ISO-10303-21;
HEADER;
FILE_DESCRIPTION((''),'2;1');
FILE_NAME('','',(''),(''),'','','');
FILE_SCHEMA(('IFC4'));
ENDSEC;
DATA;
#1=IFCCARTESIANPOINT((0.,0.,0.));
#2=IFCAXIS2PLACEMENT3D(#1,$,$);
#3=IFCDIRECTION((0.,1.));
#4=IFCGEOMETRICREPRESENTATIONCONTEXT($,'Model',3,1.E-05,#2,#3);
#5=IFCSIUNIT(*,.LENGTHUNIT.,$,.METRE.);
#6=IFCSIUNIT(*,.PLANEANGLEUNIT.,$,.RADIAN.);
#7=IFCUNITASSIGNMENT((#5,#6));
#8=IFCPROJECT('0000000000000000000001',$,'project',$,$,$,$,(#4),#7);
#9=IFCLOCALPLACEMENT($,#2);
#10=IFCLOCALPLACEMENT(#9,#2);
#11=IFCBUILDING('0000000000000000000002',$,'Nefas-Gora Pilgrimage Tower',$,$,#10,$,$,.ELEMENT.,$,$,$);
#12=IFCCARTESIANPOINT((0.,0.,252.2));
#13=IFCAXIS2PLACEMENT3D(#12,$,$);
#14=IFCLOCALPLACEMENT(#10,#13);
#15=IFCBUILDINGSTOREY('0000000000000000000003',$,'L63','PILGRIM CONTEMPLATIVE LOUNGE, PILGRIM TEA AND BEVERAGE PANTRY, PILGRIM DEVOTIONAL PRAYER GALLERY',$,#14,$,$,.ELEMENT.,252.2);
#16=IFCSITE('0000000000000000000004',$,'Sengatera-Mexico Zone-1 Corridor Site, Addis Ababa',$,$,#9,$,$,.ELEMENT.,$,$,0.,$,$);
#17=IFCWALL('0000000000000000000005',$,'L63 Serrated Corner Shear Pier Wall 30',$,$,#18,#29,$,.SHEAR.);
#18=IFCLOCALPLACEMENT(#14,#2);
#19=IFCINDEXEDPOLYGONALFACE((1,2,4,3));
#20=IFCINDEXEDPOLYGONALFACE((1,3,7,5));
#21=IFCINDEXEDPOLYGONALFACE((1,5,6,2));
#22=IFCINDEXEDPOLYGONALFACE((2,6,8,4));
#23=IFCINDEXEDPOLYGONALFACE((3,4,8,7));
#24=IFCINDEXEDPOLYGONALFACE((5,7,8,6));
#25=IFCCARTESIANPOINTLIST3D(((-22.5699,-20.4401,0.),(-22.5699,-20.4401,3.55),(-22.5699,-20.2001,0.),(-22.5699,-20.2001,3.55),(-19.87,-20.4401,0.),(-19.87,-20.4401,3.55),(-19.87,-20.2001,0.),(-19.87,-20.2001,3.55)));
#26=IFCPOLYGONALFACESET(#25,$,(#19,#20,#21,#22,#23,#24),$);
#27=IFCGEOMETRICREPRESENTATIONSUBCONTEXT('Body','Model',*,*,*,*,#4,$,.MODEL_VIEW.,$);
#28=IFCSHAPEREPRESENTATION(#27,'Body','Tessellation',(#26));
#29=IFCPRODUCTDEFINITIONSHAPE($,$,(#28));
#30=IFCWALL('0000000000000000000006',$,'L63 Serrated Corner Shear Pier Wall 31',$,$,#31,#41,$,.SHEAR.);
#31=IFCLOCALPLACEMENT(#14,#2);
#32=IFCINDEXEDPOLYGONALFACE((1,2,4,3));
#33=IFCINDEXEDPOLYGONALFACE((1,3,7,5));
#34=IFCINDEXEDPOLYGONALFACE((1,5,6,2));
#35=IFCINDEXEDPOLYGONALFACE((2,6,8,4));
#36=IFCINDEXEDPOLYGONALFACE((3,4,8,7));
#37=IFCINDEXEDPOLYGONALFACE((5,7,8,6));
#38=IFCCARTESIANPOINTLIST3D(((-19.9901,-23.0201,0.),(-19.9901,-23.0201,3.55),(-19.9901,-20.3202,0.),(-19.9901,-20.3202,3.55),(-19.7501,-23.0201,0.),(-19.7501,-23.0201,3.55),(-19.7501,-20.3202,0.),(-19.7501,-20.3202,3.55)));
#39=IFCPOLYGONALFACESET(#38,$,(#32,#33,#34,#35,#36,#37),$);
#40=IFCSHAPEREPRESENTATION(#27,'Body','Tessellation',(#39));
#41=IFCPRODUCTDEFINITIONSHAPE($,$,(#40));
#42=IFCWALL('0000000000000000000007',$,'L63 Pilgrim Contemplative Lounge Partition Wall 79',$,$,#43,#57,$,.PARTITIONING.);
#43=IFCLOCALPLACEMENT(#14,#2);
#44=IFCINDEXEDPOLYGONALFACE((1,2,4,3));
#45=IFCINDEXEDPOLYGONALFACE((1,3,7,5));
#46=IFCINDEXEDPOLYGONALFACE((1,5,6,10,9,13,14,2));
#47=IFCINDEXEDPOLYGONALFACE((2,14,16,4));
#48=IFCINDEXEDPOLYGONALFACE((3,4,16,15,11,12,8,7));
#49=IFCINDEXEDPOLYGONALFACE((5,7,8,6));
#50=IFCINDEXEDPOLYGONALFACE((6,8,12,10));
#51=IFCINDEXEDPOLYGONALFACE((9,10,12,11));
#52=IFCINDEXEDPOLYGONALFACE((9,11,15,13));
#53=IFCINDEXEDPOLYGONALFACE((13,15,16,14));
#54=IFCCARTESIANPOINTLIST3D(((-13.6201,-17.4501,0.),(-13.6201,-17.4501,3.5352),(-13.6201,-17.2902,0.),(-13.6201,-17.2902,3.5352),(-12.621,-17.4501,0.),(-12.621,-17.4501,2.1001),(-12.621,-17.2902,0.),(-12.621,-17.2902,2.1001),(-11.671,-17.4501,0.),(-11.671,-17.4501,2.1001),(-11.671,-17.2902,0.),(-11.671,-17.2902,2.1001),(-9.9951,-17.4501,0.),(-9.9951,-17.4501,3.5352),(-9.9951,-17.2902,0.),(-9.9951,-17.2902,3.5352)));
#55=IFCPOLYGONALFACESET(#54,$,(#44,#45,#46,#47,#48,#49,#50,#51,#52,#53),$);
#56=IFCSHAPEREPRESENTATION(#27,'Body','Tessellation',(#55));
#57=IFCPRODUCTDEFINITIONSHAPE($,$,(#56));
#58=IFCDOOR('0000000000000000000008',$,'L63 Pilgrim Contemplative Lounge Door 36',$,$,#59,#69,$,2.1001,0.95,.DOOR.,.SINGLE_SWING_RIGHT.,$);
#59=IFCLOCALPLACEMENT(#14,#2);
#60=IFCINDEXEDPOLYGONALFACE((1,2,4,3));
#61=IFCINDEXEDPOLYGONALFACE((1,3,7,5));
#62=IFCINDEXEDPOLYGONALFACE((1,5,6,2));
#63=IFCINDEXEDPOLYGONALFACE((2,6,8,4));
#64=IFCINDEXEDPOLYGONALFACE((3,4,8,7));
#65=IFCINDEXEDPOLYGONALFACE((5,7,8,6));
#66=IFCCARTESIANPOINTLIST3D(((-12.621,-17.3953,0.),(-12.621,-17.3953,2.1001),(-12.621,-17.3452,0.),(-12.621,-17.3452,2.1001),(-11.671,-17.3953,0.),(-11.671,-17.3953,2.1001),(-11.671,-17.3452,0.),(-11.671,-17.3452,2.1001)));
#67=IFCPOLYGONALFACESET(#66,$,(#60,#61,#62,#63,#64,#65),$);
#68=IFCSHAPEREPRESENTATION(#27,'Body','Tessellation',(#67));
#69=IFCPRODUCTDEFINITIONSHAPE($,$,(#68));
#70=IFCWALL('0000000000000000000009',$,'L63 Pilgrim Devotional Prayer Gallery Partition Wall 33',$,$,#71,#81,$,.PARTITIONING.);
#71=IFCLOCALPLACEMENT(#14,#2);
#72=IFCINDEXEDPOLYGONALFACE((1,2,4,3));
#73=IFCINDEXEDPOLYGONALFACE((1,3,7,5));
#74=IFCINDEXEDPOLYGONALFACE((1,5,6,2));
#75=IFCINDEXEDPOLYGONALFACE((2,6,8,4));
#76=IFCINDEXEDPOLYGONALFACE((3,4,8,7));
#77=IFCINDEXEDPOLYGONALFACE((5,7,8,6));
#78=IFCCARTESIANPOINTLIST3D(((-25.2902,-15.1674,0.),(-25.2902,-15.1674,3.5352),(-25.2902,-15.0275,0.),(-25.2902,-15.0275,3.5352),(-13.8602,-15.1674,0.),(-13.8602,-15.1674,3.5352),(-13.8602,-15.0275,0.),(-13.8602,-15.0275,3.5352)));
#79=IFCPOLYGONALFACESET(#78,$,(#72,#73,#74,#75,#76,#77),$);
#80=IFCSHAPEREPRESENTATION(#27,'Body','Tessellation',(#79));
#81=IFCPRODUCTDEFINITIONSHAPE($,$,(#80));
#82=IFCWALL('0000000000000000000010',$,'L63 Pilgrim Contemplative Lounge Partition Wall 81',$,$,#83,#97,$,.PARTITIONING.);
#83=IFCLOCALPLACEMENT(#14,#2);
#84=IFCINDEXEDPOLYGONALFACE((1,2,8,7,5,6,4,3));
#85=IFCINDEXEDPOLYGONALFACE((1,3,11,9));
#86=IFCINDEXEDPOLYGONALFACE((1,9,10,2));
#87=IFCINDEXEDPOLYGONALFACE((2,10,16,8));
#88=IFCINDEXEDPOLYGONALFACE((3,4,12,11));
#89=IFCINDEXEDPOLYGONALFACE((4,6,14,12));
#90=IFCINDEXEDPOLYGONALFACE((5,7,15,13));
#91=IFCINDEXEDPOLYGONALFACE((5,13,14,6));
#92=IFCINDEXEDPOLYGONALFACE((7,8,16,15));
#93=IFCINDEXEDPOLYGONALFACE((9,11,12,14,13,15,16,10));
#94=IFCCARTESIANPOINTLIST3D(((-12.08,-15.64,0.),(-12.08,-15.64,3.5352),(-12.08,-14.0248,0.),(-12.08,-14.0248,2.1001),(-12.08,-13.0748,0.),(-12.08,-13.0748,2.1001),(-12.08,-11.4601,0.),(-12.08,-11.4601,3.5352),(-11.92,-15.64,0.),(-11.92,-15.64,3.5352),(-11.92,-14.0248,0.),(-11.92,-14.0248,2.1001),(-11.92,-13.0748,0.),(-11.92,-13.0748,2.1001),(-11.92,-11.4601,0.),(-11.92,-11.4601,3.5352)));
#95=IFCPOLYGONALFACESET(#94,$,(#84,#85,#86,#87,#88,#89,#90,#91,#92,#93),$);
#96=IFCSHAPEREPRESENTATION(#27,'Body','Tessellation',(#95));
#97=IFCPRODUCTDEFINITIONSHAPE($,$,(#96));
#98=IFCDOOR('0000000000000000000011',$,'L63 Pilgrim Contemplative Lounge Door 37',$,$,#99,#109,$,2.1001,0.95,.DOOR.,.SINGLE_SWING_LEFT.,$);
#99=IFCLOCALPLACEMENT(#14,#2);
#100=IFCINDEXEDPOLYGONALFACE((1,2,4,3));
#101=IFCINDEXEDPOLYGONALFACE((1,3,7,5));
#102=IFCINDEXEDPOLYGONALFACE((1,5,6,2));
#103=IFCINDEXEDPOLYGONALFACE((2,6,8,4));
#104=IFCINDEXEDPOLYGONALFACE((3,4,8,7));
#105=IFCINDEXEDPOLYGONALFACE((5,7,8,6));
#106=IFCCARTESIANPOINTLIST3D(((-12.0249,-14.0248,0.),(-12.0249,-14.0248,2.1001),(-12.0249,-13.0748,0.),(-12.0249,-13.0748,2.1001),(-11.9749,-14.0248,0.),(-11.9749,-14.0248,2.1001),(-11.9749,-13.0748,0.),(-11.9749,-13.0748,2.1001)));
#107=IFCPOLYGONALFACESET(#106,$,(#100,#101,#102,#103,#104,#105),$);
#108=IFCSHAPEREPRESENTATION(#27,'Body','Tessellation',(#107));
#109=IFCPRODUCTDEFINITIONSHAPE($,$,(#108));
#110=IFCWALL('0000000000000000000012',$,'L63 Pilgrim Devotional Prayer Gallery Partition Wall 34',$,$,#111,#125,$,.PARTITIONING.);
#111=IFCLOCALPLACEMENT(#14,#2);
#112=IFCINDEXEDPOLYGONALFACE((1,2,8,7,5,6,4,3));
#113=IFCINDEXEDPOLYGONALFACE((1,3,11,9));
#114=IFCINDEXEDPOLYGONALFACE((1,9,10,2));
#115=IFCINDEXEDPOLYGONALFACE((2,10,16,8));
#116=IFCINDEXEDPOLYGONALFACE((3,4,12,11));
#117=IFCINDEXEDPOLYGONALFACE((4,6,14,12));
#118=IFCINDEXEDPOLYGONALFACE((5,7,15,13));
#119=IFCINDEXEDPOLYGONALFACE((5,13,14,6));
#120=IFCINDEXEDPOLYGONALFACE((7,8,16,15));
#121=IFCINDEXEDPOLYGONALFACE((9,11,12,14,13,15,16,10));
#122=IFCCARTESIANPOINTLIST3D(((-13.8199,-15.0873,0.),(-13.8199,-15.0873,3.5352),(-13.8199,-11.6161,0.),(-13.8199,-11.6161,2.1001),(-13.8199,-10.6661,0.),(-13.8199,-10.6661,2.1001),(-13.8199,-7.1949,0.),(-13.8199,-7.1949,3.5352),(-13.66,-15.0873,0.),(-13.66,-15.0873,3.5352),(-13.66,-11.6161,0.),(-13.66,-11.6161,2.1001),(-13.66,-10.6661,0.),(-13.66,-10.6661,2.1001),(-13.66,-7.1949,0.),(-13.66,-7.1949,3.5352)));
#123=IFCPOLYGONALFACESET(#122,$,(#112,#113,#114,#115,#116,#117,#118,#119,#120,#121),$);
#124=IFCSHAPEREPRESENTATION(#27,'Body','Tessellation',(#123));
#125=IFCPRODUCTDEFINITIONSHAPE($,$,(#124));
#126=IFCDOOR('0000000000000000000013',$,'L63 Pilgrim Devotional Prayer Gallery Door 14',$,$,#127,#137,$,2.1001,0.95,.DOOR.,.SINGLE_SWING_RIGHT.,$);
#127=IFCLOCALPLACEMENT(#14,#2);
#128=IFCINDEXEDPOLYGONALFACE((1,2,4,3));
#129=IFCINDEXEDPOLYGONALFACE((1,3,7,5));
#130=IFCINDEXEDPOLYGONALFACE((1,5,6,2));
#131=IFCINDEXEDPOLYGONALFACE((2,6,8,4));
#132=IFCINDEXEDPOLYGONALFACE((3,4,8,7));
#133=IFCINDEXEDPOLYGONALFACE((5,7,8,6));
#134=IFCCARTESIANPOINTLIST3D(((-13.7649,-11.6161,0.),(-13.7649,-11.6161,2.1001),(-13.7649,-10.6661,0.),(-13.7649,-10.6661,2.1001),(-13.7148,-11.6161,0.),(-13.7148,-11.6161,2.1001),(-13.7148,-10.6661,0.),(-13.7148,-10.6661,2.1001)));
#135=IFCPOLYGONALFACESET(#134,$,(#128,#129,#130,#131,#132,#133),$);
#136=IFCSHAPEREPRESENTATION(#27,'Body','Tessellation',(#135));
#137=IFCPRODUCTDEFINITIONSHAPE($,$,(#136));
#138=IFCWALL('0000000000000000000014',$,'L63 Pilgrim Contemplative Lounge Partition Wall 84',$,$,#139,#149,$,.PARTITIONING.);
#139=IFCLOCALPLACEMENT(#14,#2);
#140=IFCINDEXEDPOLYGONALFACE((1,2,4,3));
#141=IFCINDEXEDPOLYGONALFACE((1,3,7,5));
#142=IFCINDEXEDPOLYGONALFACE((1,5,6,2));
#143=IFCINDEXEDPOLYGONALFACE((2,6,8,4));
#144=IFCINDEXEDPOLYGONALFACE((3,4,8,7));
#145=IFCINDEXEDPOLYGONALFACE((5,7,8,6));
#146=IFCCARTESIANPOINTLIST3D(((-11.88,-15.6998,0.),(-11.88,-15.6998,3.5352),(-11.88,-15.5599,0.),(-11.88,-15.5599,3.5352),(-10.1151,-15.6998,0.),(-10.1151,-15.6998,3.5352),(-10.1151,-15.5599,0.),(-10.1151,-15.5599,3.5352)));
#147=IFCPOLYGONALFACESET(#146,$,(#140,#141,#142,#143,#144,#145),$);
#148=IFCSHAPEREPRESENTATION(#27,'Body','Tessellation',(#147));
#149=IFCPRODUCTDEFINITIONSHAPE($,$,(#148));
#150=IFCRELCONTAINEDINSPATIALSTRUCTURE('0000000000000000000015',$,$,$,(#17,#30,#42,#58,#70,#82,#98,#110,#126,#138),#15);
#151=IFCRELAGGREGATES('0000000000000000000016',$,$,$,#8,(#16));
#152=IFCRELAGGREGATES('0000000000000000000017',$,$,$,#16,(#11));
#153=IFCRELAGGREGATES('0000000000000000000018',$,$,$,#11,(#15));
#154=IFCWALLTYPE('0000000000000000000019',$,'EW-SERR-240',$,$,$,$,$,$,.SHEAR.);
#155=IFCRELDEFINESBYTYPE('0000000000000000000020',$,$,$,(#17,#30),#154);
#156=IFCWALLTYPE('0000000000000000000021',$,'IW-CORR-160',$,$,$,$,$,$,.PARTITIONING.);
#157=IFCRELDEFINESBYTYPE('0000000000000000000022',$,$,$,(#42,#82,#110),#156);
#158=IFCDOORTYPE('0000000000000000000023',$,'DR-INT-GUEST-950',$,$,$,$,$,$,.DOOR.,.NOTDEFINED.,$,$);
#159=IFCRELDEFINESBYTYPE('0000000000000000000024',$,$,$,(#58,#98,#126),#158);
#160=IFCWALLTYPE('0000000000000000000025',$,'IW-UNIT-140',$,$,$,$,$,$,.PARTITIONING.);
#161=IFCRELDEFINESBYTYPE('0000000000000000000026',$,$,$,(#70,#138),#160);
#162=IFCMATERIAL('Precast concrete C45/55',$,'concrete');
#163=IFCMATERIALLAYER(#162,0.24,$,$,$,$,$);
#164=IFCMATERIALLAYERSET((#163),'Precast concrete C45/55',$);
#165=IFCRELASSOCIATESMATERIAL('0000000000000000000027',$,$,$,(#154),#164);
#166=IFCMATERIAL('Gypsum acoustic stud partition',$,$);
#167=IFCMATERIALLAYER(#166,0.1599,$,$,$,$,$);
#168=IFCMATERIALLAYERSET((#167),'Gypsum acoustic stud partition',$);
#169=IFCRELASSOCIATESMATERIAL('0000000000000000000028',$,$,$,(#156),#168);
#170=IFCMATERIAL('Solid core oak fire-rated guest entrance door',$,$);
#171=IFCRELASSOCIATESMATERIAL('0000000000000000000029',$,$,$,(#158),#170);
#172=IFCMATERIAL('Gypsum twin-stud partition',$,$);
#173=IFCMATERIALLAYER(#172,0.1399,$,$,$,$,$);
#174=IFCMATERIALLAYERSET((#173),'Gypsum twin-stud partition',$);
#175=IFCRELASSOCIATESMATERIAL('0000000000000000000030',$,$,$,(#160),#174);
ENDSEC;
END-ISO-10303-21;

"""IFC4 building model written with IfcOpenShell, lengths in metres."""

from ifc_helpers import new_model, si_unit, direction, frame, frame_2d, origin, place, context, subcontext, project, spatial, rectangle, extrude, source, transform, mapped, material, layer, layer_set, type_object, element, fill, save


model = new_model("IFC4")

# Units and contexts
model_context = context("Model", 3, precision=1e-05, world=origin(), true_north=direction((0.0, 1.0)))
body_context = subcontext(model_context, "Body", "Model", "MODEL_VIEW")
ifc_project = project(units=[si_unit("LENGTHUNIT", "METRE"), si_unit("PLANEANGLEUNIT", "RADIAN")], contexts=[model_context])

# Site, building, storey
site_placement = place(None, origin())
site = spatial("IfcSite", under=ifc_project, at=site_placement, Name="Sengatera-Mexico Zone-1 Corridor Site, Addis Ababa", CompositionType="ELEMENT", RefElevation=0.0)
building_placement = place(site_placement, origin())
building = spatial("IfcBuilding", under=site, at=building_placement, Name="Nefas-Gora Pilgrimage Tower", CompositionType="ELEMENT")
storey_placement = place(building_placement, frame((0.0, 0.0, 252.2)))
storey = spatial("IfcBuildingStorey", under=building, at=storey_placement, Name="L63", Description="PILGRIM CONTEMPLATIVE LOUNGE, PILGRIM TEA AND BEVERAGE PANTRY, PILGRIM DEVOTIONAL PRAYER GALLERY", CompositionType="ELEMENT", Elevation=252.2)

# Shared definitions
ifc_material_1 = material(Name="Precast concrete C45/55", Category="concrete")
ifc_layer_1 = layer(ifc_material_1, 0.24)
ifc_layer_set_1 = layer_set([ifc_layer_1], Name="Precast concrete C45/55")
wall_type_1 = type_object("IfcWallType", Name="EW-SERR-240", PredefinedType="SHEAR", material=ifc_layer_set_1)
shared_shape_1 = source(origin(), body_context, "Body", "SweptSolid", [
    extrude(rectangle(XDim=2.7, YDim=0.24, at=frame_2d((1.3501, 0.0))), origin(), (0.0, 0.0, 1.0), 3.55),
])

# Walls
for number, where, z_axis, x_axis, name in (
    (1, (-22.5701, -20.3201, 0.0), (0.0, 0.0, 1.0), (1.0, 0.0, 0.0), "L63 Serrated Corner Shear Pier Wall 30"),
    (2, (-19.8701, -20.3201, 0.0), (0.0, 0.0, 1.0), (0.0, -1.0, 0.0), "L63 Serrated Corner Shear Pier Wall 31"),
):
    element("IfcWall", number, at=place(storey_placement, frame(where, z_axis=z_axis, x_axis=x_axis)), inside=storey, type_object=wall_type_1, Name=name, PredefinedType="SHEAR", context=body_context, shape_type="MappedRepresentation", body=[
        mapped(shared_shape_1, transform((0.0, 0.0, 0.0), x_axis=(1.0, 0.0, 0.0), y_axis=(0.0, 1.0, 0.0), z_axis=(0.0, 0.0, 1.0), scale=1.0)),
    ])

# Wall, opening, door
ifc_material_2 = material(Name="Gypsum acoustic stud partition")
ifc_layer_2 = layer(ifc_material_2, 0.1599)
ifc_layer_set_2 = layer_set([ifc_layer_2], Name="Gypsum acoustic stud partition")
wall_type_2 = type_object("IfcWallType", Name="IW-CORR-160", PredefinedType="PARTITIONING", material=ifc_layer_set_2)
shared_shape_2 = source(origin(), body_context, "Body", "SweptSolid", [
    extrude(rectangle(XDim=3.625, YDim=0.1599, at=frame_2d((1.8125, 0.0))), origin(), (0.0, 0.0, 1.0), 3.5352),
])
wall_1_placement = place(storey_placement, frame((-13.6201, -17.3701, 0.0), z_axis=(0.0, 0.0, 1.0), x_axis=(1.0, 0.0, 0.0)))
wall_1 = element("IfcWall", 3, at=wall_1_placement, inside=storey, type_object=wall_type_2, Name="L63 Pilgrim Contemplative Lounge Partition Wall 79", PredefinedType="PARTITIONING", context=body_context, shape_type="MappedRepresentation", body=[
    mapped(shared_shape_2, transform((0.0, 0.0, 0.0), x_axis=(1.0, 0.0, 0.0), y_axis=(0.0, 1.0, 0.0), z_axis=(0.0, 0.0, 1.0), scale=1.0)),
])
opening_1_placement = place(wall_1_placement, frame((0.999, 0.0, 0.0)))
opening_1 = element("IfcOpeningElement", 4, at=opening_1_placement, cuts=wall_1, PredefinedType="OPENING", context=body_context, shape_type="SweptSolid", body=[
    extrude(rectangle(XDim=0.95, YDim=2.1001, at=frame_2d((0.4751, 1.05))), frame((0.0, 0.0898, 0.0), z_axis=(0.0, -1.0, 0.0), x_axis=(1.0, 0.0, 0.0)), (0.0, 0.0, 1.0), 0.1799),
])
ifc_material_3 = material(Name="Solid core oak fire-rated guest entrance door")
door_type = type_object("IfcDoorType", Name="DR-INT-GUEST-950", OperationType="NOTDEFINED", PredefinedType="DOOR", material=ifc_material_3)
shared_shape_3 = source(origin(), body_context, "Body", "SweptSolid", [
    extrude(rectangle(XDim=0.95, YDim=2.1001, at=frame_2d((0.4751, 1.05))), frame((0.0, 0.0249, 0.0), z_axis=(0.0, -1.0, 0.0), x_axis=(1.0, 0.0, 0.0)), (0.0, 0.0, 1.0), 0.05),
])
door_1_placement = place(opening_1_placement, origin())
door_1 = element("IfcDoor", 5, at=door_1_placement, inside=storey, type_object=door_type, Name="L63 Pilgrim Contemplative Lounge Door 36", OperationType="SINGLE_SWING_RIGHT", OverallHeight=2.1001, OverallWidth=0.95, PredefinedType="DOOR", context=body_context, shape_type="MappedRepresentation", body=[
    mapped(shared_shape_3, transform((0.0, 0.0, 0.0), x_axis=(1.0, 0.0, 0.0), y_axis=(0.0, 1.0, 0.0), z_axis=(0.0, 0.0, 1.0), scale=1.0)),
])
fill(opening_1, door_1)

# Wall
ifc_material_4 = material(Name="Gypsum twin-stud partition")
ifc_layer_3 = layer(ifc_material_4, 0.1399)
ifc_layer_set_3 = layer_set([ifc_layer_3], Name="Gypsum twin-stud partition")
wall_type_3 = type_object("IfcWallType", Name="IW-UNIT-140", PredefinedType="PARTITIONING", material=ifc_layer_set_3)
shared_shape_4 = source(origin(), body_context, "Body", "SweptSolid", [
    extrude(rectangle(XDim=11.4299, YDim=0.1399, at=frame_2d((5.7148, 0.0))), origin(), (0.0, 0.0, 1.0), 3.5352),
])
wall_2_placement = place(storey_placement, frame((-25.29, -15.0974, 0.0), z_axis=(0.0, 0.0, 1.0), x_axis=(1.0, 0.0, 0.0)))
element("IfcWall", 6, at=wall_2_placement, inside=storey, type_object=wall_type_3, Name="L63 Pilgrim Devotional Prayer Gallery Partition Wall 33", PredefinedType="PARTITIONING", context=body_context, shape_type="MappedRepresentation", body=[
    mapped(shared_shape_4, transform((0.0, 0.0, 0.0), x_axis=(1.0, 0.0, 0.0), y_axis=(0.0, 1.0, 0.0), z_axis=(0.0, 0.0, 1.0), scale=1.0)),
])

# Walls, openings, doors
shared_shape_5 = source(origin(), body_context, "Body", "SweptSolid", [
    extrude(rectangle(XDim=4.1799, YDim=0.1599, at=frame_2d((2.0898, 0.0))), origin(), (0.0, 0.0, 1.0), 3.5352),
])
wall_3_placement = place(storey_placement, frame((-12.0, -15.6399, 0.0), z_axis=(0.0, 0.0, 1.0), x_axis=(0.0, 1.0, 0.0)))
wall_3 = element("IfcWall", 7, at=wall_3_placement, inside=storey, type_object=wall_type_2, Name="L63 Pilgrim Contemplative Lounge Partition Wall 81", PredefinedType="PARTITIONING", context=body_context, shape_type="MappedRepresentation", body=[
    mapped(shared_shape_5, transform((0.0, 0.0, 0.0), x_axis=(1.0, 0.0, 0.0), y_axis=(0.0, 1.0, 0.0), z_axis=(0.0, 0.0, 1.0), scale=1.0)),
])
opening_2_placement = place(wall_3_placement, frame((1.615, 0.0, 0.0)))
opening_2 = element("IfcOpeningElement", 8, at=opening_2_placement, cuts=wall_3, PredefinedType="OPENING", context=body_context, shape_type="SweptSolid", body=[
    extrude(rectangle(XDim=0.95, YDim=2.1001, at=frame_2d((0.4751, 1.05))), frame((0.0, 0.0898, 0.0), z_axis=(0.0, -1.0, 0.0), x_axis=(1.0, 0.0, 0.0)), (0.0, 0.0, 1.0), 0.1799),
])
door_2_placement = place(opening_2_placement, origin())
door_2 = element("IfcDoor", 9, at=door_2_placement, inside=storey, type_object=door_type, Name="L63 Pilgrim Contemplative Lounge Door 37", OperationType="SINGLE_SWING_LEFT", OverallHeight=2.1001, OverallWidth=0.95, PredefinedType="DOOR", context=body_context, shape_type="MappedRepresentation", body=[
    mapped(shared_shape_3, transform((0.0, 0.0, 0.0), x_axis=(1.0, 0.0, 0.0), y_axis=(0.0, 1.0, 0.0), z_axis=(0.0, 0.0, 1.0), scale=1.0)),
])
fill(opening_2, door_2)
shared_shape_6 = source(origin(), body_context, "Body", "SweptSolid", [
    extrude(rectangle(XDim=7.8923, YDim=0.1599, at=frame_2d((3.9463, 0.0))), origin(), (0.0, 0.0, 1.0), 3.5352),
])
wall_4_placement = place(storey_placement, frame((-13.74, -15.0874, 0.0), z_axis=(0.0, 0.0, 1.0), x_axis=(0.0, 1.0, 0.0)))
wall_4 = element("IfcWall", 10, at=wall_4_placement, inside=storey, type_object=wall_type_2, Name="L63 Pilgrim Devotional Prayer Gallery Partition Wall 34", PredefinedType="PARTITIONING", context=body_context, shape_type="MappedRepresentation", body=[
    mapped(shared_shape_6, transform((0.0, 0.0, 0.0), x_axis=(1.0, 0.0, 0.0), y_axis=(0.0, 1.0, 0.0), z_axis=(0.0, 0.0, 1.0), scale=1.0)),
])
opening_3_placement = place(wall_4_placement, frame((3.4712, 0.0, 0.0)))
opening_3 = element("IfcOpeningElement", 11, at=opening_3_placement, cuts=wall_4, PredefinedType="OPENING", context=body_context, shape_type="SweptSolid", body=[
    extrude(rectangle(XDim=0.95, YDim=2.1001, at=frame_2d((0.4751, 1.05))), frame((0.0, 0.0898, 0.0), z_axis=(0.0, -1.0, 0.0), x_axis=(1.0, 0.0, 0.0)), (0.0, 0.0, 1.0), 0.1799),
])
door_3_placement = place(opening_3_placement, origin())
door_3 = element("IfcDoor", 12, at=door_3_placement, inside=storey, type_object=door_type, Name="L63 Pilgrim Devotional Prayer Gallery Door 14", OperationType="SINGLE_SWING_RIGHT", OverallHeight=2.1001, OverallWidth=0.95, PredefinedType="DOOR", context=body_context, shape_type="MappedRepresentation", body=[
    mapped(shared_shape_3, transform((0.0, 0.0, 0.0), x_axis=(1.0, 0.0, 0.0), y_axis=(0.0, 1.0, 0.0), z_axis=(0.0, 0.0, 1.0), scale=1.0)),
])
fill(opening_3, door_3)

# Wall
shared_shape_7 = source(origin(), body_context, "Body", "SweptSolid", [
    extrude(rectangle(XDim=1.7649, YDim=0.1399, at=frame_2d((0.8823, 0.0))), origin(), (0.0, 0.0, 1.0), 3.5352),
])
wall_5_placement = place(storey_placement, frame((-11.8799, -15.6299, 0.0), z_axis=(0.0, 0.0, 1.0), x_axis=(1.0, 0.0, 0.0)))
element("IfcWall", 13, at=wall_5_placement, inside=storey, type_object=wall_type_3, Name="L63 Pilgrim Contemplative Lounge Partition Wall 84", PredefinedType="PARTITIONING", context=body_context, shape_type="MappedRepresentation", body=[
    mapped(shared_shape_7, transform((0.0, 0.0, 0.0), x_axis=(1.0, 0.0, 0.0), y_axis=(0.0, 1.0, 0.0), z_axis=(0.0, 0.0, 1.0), scale=1.0)),
])

save(model, "model.ifc")
